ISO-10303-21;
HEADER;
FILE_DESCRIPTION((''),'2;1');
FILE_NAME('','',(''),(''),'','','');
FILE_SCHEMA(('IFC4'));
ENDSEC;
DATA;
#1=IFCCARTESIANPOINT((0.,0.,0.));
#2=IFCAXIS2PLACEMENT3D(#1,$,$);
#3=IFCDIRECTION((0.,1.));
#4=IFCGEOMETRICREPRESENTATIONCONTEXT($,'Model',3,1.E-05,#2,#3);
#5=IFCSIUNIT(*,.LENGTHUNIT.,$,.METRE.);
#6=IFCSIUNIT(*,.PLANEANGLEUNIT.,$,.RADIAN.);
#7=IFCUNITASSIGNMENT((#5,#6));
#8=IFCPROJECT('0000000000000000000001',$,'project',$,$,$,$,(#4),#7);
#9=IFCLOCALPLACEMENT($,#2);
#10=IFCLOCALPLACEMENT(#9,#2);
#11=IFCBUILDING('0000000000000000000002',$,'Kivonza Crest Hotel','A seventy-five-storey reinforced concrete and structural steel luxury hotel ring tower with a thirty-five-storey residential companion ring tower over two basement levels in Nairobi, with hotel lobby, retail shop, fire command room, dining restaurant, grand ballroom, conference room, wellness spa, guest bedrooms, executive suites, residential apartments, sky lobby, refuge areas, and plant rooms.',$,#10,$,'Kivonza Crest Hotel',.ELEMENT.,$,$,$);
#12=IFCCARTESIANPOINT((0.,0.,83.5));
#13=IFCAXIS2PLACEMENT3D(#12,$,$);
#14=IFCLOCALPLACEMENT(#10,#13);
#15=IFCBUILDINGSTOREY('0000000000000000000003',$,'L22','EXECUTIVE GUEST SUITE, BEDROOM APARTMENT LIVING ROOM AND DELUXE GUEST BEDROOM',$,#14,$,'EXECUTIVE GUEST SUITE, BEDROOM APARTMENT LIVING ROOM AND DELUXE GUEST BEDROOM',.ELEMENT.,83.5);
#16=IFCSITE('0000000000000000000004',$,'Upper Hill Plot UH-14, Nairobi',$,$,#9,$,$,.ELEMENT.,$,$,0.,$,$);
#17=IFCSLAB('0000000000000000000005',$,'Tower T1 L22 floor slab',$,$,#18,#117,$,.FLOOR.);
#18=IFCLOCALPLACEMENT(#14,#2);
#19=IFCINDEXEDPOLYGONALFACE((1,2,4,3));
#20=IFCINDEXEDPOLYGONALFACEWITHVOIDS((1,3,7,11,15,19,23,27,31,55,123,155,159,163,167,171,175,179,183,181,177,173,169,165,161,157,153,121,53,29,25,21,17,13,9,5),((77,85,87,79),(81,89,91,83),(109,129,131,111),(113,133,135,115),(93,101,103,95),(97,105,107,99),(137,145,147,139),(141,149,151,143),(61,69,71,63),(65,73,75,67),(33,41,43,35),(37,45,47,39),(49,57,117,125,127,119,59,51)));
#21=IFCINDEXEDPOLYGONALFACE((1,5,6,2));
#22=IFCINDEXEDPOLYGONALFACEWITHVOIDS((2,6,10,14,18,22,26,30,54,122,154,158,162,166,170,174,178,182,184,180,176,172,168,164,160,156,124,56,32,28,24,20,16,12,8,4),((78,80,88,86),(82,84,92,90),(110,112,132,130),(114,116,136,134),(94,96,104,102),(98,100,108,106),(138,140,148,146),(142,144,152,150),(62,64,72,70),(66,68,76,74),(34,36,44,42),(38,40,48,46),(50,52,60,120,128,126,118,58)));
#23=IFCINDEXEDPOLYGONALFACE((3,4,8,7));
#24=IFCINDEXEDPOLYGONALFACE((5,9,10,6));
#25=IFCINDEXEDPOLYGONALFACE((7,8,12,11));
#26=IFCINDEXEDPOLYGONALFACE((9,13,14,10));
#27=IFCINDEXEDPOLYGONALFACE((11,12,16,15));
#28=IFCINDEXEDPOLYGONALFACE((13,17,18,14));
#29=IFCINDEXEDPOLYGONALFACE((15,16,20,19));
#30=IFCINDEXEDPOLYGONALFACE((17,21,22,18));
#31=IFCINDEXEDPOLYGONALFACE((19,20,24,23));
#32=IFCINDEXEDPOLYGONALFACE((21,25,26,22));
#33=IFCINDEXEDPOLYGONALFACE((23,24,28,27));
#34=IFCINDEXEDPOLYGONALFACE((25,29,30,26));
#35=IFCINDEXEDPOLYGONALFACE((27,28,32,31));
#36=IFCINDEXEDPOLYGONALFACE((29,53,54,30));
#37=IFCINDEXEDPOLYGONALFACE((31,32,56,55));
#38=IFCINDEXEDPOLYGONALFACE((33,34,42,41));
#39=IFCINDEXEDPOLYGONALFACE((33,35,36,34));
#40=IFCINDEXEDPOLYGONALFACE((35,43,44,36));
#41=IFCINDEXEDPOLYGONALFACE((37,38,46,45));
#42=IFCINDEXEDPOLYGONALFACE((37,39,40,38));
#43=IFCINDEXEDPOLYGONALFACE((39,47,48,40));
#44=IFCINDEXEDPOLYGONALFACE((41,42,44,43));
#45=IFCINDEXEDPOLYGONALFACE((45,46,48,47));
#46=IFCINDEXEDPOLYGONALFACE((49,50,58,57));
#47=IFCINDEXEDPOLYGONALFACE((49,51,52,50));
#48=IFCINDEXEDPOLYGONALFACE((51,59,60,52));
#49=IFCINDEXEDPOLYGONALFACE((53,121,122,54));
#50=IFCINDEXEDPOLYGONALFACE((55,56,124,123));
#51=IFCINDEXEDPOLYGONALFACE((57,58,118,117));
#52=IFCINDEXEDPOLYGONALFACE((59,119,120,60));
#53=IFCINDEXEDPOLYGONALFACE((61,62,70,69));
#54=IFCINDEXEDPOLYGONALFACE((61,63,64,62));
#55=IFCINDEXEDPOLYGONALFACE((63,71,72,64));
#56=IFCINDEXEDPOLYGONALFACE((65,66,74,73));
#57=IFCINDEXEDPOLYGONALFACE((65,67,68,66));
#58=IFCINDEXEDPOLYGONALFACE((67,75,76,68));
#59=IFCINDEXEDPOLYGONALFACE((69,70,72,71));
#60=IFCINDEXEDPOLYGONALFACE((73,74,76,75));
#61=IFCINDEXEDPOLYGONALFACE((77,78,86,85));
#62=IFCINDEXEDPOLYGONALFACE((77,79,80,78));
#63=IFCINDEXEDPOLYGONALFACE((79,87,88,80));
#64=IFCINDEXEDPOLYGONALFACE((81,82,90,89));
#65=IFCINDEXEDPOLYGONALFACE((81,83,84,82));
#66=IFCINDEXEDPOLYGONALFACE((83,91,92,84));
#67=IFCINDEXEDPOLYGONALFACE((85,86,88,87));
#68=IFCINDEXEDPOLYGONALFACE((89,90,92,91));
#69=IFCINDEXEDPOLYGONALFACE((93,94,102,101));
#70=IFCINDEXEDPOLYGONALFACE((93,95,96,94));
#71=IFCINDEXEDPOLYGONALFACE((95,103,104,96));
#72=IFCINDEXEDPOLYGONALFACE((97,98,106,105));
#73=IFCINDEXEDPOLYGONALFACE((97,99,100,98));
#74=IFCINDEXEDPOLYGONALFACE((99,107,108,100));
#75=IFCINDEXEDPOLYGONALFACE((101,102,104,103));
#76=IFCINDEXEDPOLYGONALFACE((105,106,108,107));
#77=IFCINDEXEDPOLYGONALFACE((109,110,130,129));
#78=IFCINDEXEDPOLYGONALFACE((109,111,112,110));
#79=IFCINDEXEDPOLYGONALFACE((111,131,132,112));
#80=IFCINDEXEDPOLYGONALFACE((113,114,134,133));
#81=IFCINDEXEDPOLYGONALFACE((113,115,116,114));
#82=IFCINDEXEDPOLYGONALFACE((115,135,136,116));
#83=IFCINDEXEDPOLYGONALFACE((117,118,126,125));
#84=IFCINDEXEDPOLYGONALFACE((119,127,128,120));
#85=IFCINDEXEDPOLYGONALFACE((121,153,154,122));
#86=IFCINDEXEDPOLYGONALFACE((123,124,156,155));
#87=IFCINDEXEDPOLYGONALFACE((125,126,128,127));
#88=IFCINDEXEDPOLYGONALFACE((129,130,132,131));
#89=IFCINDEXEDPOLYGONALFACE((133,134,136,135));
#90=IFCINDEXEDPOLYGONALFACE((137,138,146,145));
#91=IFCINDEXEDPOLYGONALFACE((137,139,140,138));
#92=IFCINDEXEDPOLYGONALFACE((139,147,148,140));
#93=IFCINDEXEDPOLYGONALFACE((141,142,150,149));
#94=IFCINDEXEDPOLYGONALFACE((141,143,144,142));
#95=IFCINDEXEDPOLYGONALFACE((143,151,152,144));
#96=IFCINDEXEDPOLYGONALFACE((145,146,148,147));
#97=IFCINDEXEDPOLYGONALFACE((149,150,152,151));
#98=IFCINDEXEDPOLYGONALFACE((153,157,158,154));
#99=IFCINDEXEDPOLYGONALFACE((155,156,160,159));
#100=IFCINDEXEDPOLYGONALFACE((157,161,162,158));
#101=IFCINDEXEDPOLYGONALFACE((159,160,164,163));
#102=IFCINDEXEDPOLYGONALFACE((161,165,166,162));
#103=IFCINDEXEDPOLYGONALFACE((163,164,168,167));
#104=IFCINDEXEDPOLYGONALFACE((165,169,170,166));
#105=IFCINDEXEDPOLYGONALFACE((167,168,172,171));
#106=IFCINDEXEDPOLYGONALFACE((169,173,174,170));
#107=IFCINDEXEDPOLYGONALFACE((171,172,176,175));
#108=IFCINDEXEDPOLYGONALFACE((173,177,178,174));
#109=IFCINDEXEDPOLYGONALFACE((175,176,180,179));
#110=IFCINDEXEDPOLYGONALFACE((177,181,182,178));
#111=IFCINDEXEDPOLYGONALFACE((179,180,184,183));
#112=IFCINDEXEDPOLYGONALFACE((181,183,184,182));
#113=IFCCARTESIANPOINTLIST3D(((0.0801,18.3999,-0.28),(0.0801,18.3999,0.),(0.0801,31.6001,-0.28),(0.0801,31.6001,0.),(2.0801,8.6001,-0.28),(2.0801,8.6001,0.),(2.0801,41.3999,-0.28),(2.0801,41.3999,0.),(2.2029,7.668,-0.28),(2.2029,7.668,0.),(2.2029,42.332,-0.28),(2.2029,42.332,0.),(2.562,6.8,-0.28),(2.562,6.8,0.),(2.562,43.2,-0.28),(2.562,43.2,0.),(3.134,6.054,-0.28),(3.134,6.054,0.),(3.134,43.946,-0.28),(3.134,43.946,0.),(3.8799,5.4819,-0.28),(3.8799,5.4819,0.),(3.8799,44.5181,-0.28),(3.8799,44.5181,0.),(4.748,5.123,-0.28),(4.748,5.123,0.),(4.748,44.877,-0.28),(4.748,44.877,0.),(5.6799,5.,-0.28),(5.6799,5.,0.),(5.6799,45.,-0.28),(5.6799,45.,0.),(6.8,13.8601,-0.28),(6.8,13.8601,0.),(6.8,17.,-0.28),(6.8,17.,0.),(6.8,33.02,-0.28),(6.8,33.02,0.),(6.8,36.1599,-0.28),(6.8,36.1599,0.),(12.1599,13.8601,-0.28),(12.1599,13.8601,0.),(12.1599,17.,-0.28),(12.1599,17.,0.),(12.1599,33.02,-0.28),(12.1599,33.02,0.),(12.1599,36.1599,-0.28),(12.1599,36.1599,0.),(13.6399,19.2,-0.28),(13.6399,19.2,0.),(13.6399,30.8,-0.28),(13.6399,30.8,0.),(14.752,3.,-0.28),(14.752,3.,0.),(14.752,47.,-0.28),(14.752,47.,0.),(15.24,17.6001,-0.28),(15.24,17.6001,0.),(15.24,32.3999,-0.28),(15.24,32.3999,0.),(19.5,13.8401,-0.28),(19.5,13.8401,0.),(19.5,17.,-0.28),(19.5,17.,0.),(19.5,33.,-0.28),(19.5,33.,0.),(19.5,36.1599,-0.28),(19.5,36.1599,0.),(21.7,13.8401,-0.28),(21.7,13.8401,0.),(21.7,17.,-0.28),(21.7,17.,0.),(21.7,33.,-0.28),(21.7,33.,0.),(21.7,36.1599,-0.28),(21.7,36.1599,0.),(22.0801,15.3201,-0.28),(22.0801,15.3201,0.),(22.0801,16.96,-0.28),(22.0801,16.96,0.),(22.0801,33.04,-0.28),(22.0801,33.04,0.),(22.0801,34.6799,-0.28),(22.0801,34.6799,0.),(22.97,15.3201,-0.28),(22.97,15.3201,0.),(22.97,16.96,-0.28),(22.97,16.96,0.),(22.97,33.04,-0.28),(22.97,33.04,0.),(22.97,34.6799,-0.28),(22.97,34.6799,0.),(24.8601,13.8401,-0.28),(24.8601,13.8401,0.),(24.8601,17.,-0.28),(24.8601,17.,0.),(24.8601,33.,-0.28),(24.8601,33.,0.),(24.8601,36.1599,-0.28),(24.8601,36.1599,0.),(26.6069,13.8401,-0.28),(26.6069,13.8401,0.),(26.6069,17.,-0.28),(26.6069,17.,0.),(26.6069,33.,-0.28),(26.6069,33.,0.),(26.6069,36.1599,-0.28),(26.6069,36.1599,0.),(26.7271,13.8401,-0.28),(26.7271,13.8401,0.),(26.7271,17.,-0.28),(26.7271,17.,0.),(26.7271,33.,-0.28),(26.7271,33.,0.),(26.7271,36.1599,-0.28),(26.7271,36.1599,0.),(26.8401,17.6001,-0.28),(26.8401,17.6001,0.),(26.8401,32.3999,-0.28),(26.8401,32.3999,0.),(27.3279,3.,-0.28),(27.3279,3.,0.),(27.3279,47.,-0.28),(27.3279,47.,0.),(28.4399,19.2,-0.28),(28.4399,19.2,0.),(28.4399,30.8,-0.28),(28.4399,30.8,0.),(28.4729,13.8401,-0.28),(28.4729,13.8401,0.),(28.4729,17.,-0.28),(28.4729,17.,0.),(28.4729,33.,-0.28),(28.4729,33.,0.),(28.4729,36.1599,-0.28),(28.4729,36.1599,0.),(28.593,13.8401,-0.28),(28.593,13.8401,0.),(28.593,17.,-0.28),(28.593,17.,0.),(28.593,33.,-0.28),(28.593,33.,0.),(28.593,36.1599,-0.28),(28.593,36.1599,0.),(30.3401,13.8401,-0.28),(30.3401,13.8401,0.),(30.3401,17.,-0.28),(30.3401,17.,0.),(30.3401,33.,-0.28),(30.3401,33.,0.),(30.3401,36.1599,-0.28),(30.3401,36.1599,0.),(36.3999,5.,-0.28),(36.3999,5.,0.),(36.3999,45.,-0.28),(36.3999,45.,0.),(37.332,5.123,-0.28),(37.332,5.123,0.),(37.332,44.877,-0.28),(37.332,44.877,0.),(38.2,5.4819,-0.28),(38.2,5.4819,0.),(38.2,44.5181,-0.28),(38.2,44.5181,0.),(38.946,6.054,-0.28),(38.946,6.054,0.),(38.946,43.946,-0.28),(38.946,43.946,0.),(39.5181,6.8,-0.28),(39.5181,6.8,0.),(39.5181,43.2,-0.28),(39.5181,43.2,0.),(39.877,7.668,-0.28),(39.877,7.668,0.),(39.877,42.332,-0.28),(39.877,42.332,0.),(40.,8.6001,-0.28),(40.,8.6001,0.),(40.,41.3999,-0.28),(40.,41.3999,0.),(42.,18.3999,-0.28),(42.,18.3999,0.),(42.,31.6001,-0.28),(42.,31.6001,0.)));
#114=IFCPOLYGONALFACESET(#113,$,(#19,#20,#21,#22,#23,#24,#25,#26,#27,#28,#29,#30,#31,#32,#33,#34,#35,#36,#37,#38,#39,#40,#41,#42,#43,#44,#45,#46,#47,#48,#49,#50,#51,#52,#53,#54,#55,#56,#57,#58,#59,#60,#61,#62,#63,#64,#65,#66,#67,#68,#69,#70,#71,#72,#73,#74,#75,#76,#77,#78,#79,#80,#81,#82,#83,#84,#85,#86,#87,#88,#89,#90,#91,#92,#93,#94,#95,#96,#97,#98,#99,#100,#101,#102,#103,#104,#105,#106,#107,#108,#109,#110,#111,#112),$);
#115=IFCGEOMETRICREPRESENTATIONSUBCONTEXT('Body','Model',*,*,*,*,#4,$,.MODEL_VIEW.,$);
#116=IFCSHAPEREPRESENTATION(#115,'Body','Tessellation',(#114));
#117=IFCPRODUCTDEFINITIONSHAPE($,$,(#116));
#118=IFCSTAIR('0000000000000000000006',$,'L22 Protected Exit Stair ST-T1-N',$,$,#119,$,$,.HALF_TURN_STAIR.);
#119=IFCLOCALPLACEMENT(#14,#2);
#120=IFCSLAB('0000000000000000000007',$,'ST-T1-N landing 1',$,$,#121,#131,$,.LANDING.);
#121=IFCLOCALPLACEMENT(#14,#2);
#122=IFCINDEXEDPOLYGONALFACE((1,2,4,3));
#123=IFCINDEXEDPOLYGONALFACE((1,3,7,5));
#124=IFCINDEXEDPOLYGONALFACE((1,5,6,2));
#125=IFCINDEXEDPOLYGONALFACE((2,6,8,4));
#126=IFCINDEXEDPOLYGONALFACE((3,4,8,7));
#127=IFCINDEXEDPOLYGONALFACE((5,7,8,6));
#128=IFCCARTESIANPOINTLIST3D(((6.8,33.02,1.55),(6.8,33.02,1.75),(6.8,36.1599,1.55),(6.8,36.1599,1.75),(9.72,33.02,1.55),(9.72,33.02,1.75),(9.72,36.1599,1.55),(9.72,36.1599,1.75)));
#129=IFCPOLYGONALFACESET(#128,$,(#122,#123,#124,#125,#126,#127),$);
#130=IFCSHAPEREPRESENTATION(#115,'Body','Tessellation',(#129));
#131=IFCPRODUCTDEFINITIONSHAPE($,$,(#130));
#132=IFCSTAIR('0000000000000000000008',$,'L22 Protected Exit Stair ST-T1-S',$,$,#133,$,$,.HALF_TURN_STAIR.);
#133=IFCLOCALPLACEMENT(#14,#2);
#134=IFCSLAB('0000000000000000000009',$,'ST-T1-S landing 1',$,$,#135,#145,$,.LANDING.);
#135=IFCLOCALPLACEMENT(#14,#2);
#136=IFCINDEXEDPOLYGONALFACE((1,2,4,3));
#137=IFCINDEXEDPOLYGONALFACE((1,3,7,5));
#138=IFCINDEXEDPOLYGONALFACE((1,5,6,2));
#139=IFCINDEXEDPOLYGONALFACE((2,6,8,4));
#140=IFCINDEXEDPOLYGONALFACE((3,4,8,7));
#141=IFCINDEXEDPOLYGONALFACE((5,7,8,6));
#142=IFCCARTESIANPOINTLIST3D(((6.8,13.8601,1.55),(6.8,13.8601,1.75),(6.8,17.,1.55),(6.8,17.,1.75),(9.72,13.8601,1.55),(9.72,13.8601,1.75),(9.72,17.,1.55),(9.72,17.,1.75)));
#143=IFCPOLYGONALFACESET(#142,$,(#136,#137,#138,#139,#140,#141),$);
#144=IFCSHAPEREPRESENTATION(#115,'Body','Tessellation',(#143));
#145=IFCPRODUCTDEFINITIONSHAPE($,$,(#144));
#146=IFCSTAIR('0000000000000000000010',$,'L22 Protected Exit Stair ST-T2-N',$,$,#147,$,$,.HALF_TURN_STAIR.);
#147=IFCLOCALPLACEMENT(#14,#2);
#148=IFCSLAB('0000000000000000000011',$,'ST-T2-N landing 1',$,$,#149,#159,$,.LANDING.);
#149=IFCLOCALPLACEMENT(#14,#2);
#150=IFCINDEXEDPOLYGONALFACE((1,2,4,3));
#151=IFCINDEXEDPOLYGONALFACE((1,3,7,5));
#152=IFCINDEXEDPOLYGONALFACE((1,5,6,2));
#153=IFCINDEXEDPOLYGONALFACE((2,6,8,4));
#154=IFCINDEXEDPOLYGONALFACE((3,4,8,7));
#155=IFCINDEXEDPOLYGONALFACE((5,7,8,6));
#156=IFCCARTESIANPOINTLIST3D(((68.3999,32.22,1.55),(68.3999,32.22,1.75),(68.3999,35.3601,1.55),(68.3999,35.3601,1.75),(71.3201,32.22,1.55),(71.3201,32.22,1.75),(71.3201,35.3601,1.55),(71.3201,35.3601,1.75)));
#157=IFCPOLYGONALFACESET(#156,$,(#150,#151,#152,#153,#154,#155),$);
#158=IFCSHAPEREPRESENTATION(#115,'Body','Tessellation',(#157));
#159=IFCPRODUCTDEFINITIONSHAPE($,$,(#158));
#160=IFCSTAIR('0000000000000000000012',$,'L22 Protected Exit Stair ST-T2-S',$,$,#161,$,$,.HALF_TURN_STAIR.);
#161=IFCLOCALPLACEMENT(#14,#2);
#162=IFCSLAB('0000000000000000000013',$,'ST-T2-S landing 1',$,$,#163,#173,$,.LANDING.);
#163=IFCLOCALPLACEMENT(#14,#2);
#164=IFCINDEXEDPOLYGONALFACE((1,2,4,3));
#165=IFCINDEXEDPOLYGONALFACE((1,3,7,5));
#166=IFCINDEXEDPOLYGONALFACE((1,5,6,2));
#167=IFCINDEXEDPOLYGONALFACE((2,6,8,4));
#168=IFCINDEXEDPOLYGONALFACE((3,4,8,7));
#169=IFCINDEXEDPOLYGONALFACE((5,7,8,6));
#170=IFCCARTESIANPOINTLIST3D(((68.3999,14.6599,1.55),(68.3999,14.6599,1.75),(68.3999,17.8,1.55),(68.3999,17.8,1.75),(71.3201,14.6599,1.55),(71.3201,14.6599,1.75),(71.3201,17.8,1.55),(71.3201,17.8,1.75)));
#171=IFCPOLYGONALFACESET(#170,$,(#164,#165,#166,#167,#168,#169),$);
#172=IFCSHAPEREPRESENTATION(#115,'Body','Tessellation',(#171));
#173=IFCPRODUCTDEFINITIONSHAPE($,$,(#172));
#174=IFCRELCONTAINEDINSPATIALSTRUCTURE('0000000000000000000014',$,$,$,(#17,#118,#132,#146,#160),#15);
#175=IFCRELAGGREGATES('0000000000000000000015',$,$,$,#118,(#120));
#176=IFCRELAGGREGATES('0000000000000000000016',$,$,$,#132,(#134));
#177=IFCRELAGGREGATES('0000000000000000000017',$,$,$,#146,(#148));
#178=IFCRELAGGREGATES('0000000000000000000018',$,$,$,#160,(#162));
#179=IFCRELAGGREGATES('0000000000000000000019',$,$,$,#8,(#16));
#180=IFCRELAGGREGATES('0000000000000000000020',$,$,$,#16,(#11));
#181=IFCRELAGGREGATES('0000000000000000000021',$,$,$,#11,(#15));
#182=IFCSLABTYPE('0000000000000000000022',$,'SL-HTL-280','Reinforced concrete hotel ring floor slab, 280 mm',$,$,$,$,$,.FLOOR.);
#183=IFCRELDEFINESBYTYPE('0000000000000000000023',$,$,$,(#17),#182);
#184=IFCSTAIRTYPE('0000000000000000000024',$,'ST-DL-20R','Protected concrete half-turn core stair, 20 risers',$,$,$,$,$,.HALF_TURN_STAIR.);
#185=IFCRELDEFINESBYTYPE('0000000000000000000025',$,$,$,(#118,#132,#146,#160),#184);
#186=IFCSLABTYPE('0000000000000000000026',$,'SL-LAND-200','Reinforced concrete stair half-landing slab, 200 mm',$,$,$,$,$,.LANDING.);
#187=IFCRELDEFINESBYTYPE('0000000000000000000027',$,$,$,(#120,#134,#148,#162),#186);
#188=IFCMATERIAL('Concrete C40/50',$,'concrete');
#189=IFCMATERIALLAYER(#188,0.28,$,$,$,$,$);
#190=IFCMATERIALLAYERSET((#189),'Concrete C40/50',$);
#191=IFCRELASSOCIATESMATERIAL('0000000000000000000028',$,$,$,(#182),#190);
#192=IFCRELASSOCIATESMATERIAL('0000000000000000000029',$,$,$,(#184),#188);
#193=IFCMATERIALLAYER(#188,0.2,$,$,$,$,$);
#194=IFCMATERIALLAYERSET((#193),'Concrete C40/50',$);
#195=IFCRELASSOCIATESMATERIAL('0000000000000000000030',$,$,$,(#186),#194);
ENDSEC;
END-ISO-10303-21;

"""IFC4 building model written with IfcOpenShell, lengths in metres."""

from ifc_helpers import new_model, si_unit, direction, frame, origin, place, context, subcontext, project, spatial, polyline, outline, extrude, material, layer, layer_set, type_object, element, aggregate, save


model = new_model("IFC4")

# Units and contexts
model_context = context("Model", 3, precision=1e-05, world=origin(), true_north=direction((0.0, 1.0)))
body_context = subcontext(model_context, "Body", "Model", "MODEL_VIEW")
ifc_project = project(units=[si_unit("LENGTHUNIT", "METRE"), si_unit("PLANEANGLEUNIT", "RADIAN")], contexts=[model_context])

# Site, building, storey
site_placement = place(None, origin())
site = spatial("IfcSite", under=ifc_project, at=site_placement, Name="Upper Hill Plot UH-14, Nairobi", CompositionType="ELEMENT", RefElevation=0.0)
building_placement = place(site_placement, origin())
building = spatial("IfcBuilding", under=site, at=building_placement, Name="Kivonza Crest Hotel", Description="A seventy-five-storey reinforced concrete and structural steel luxury hotel ring tower with a thirty-five-storey residential companion ring tower over two basement levels in Nairobi, with hotel lobby, retail shop, fire command room, dining restaurant, grand ballroom, conference room, wellness spa, guest bedrooms, executive suites, residential apartments, sky lobby, refuge areas, and plant rooms.", LongName="Kivonza Crest Hotel", CompositionType="ELEMENT")
storey_placement = place(building_placement, frame((0.0, 0.0, 83.5)))
storey = spatial("IfcBuildingStorey", under=building, at=storey_placement, Name="L22", Description="EXECUTIVE GUEST SUITE, BEDROOM APARTMENT LIVING ROOM AND DELUXE GUEST BEDROOM", LongName="EXECUTIVE GUEST SUITE, BEDROOM APARTMENT LIVING ROOM AND DELUXE GUEST BEDROOM", CompositionType="ELEMENT", Elevation=83.5)

# Slab
ifc_material_1 = material(Name="Concrete C40/50", Category="concrete")
ifc_layer_1 = layer(ifc_material_1, 0.28)
ifc_layer_set_1 = layer_set([ifc_layer_1], Name="Concrete C40/50")
slab_type_1 = type_object("IfcSlabType", Name="SL-HTL-280", Description="Reinforced concrete hotel ring floor slab, 280 mm", PredefinedType="FLOOR", material=ifc_layer_set_1)
slab_1_placement = place(storey_placement, frame((0.0, 0.0, -0.28)))
element("IfcSlab", 1, at=slab_1_placement, inside=storey, type_object=slab_type_1, Name="Tower T1 L22 floor slab", PredefinedType="FLOOR", context=body_context, shape_type="SweptSolid", body=[
    extrude(outline(polyline([(2.0801, 8.6001), (2.2029, 7.668), (2.562, 6.8), (3.134, 6.054), (3.8799, 5.4819), (4.748, 5.123), (5.6799, 5.0), (14.752, 3.0), (27.3279, 3.0), (36.3999, 5.0), (37.332, 5.123), (38.2, 5.4819), (38.946, 6.054), (39.5181, 6.8), (39.877, 7.668), (40.0, 8.6001), (42.0, 18.3999), (42.0, 31.6001), (40.0, 41.3999), (39.877, 42.332), (39.5181, 43.2), (38.946, 43.946), (38.2, 44.5181), (37.332, 44.877), (36.3999, 45.0), (27.3279, 47.0), (14.752, 47.0), (5.6799, 45.0), (4.748, 44.877), (3.8799, 44.5181), (3.134, 43.946), (2.562, 43.2), (2.2029, 42.332), (2.0801, 41.3999), (0.0801, 31.6001), (0.0801, 18.3999), (2.0801, 8.6001)]), holes=[polyline([(15.24, 17.6001), (26.8401, 17.6001), (28.4399, 19.2), (28.4399, 30.8), (26.8401, 32.3999), (15.24, 32.3999), (13.6399, 30.8), (13.6399, 19.2), (15.24, 17.6001)]), polyline([(6.8, 33.02), (12.1599, 33.02), (12.1599, 36.1599), (6.8, 36.1599), (6.8, 33.02)]), polyline([(6.8, 13.8601), (12.1599, 13.8601), (12.1599, 17.0), (6.8, 17.0), (6.8, 13.8601)]), polyline([(22.0801, 33.04), (22.97, 33.04), (22.97, 34.6799), (22.0801, 34.6799), (22.0801, 33.04)]), polyline([(22.0801, 15.3201), (22.97, 15.3201), (22.97, 16.96), (22.0801, 16.96), (22.0801, 15.3201)]), polyline([(19.5, 33.0), (21.7, 33.0), (21.7, 36.1599), (19.5, 36.1599), (19.5, 33.0)]), polyline([(24.8601, 33.0), (26.6069, 33.0), (26.6069, 36.1599), (24.8601, 36.1599), (24.8601, 33.0)]), polyline([(26.7271, 33.0), (28.4729, 33.0), (28.4729, 36.1599), (26.7271, 36.1599), (26.7271, 33.0)]), polyline([(28.593, 33.0), (30.3401, 33.0), (30.3401, 36.1599), (28.593, 36.1599), (28.593, 33.0)]), polyline([(19.5, 13.8401), (21.7, 13.8401), (21.7, 17.0), (19.5, 17.0), (19.5, 13.8401)]), polyline([(24.8601, 13.8401), (26.6069, 13.8401), (26.6069, 17.0), (24.8601, 17.0), (24.8601, 13.8401)]), polyline([(26.7271, 13.8401), (28.4729, 13.8401), (28.4729, 17.0), (26.7271, 17.0), (26.7271, 13.8401)]), polyline([(28.593, 13.8401), (30.3401, 13.8401), (30.3401, 17.0), (28.593, 17.0), (28.593, 13.8401)])]), origin(), (0.0, 0.0, 1.0), 0.28),
])

# Stairs, slabs
stair_type = type_object("IfcStairType", Name="ST-DL-20R", Description="Protected concrete half-turn core stair, 20 risers", PredefinedType="HALF_TURN_STAIR", material=ifc_material_1)
stair_1_placement = place(storey_placement, origin())
stair_1 = element("IfcStair", 2, at=stair_1_placement, inside=storey, type_object=stair_type, Name="L22 Protected Exit Stair ST-T1-N", PredefinedType="HALF_TURN_STAIR")
ifc_layer_2 = layer(ifc_material_1, 0.2)
ifc_layer_set_2 = layer_set([ifc_layer_2], Name="Concrete C40/50")
slab_type_2 = type_object("IfcSlabType", Name="SL-LAND-200", Description="Reinforced concrete stair half-landing slab, 200 mm", PredefinedType="LANDING", material=ifc_layer_set_2)
slab_2_placement = place(storey_placement, frame((0.0, 0.0, 1.55)))
slab_2 = element("IfcSlab", 3, at=slab_2_placement, type_object=slab_type_2, Name="ST-T1-N landing 1", PredefinedType="LANDING", context=body_context, shape_type="SweptSolid", body=[
    extrude(outline(polyline([(9.72, 36.1599), (6.8, 36.1599), (6.8, 33.02), (9.72, 33.02), (9.72, 36.1599)])), origin(), (0.0, 0.0, 1.0), 0.2),
])
aggregate(stair_1, [slab_2])
stair_2_placement = place(storey_placement, origin())
stair_2 = element("IfcStair", 4, at=stair_2_placement, inside=storey, type_object=stair_type, Name="L22 Protected Exit Stair ST-T1-S", PredefinedType="HALF_TURN_STAIR")
slab_3_placement = place(storey_placement, frame((0.0, 0.0, 1.55)))
slab_3 = element("IfcSlab", 5, at=slab_3_placement, type_object=slab_type_2, Name="ST-T1-S landing 1", PredefinedType="LANDING", context=body_context, shape_type="SweptSolid", body=[
    extrude(outline(polyline([(9.72, 17.0), (6.8, 17.0), (6.8, 13.8601), (9.72, 13.8601), (9.72, 17.0)])), origin(), (0.0, 0.0, 1.0), 0.2),
])
aggregate(stair_2, [slab_3])
stair_3_placement = place(storey_placement, origin())
stair_3 = element("IfcStair", 6, at=stair_3_placement, inside=storey, type_object=stair_type, Name="L22 Protected Exit Stair ST-T2-N", PredefinedType="HALF_TURN_STAIR")
slab_4_placement = place(storey_placement, frame((0.0, 0.0, 1.55)))
slab_4 = element("IfcSlab", 7, at=slab_4_placement, type_object=slab_type_2, Name="ST-T2-N landing 1", PredefinedType="LANDING", context=body_context, shape_type="SweptSolid", body=[
    extrude(outline(polyline([(71.3201, 35.3601), (68.3999, 35.3601), (68.3999, 32.22), (71.3201, 32.22), (71.3201, 35.3601)])), origin(), (0.0, 0.0, 1.0), 0.2),
])
aggregate(stair_3, [slab_4])
stair_4_placement = place(storey_placement, origin())
stair_4 = element("IfcStair", 8, at=stair_4_placement, inside=storey, type_object=stair_type, Name="L22 Protected Exit Stair ST-T2-S", PredefinedType="HALF_TURN_STAIR")
slab_5_placement = place(storey_placement, frame((0.0, 0.0, 1.55)))
slab_5 = element("IfcSlab", 9, at=slab_5_placement, type_object=slab_type_2, Name="ST-T2-S landing 1", PredefinedType="LANDING", context=body_context, shape_type="SweptSolid", body=[
    extrude(outline(polyline([(71.3201, 17.8), (68.3999, 17.8), (68.3999, 14.6599), (71.3201, 14.6599), (71.3201, 17.8)])), origin(), (0.0, 0.0, 1.0), 0.2),
])
aggregate(stair_4, [slab_5])

save(model, "model.ifc")
